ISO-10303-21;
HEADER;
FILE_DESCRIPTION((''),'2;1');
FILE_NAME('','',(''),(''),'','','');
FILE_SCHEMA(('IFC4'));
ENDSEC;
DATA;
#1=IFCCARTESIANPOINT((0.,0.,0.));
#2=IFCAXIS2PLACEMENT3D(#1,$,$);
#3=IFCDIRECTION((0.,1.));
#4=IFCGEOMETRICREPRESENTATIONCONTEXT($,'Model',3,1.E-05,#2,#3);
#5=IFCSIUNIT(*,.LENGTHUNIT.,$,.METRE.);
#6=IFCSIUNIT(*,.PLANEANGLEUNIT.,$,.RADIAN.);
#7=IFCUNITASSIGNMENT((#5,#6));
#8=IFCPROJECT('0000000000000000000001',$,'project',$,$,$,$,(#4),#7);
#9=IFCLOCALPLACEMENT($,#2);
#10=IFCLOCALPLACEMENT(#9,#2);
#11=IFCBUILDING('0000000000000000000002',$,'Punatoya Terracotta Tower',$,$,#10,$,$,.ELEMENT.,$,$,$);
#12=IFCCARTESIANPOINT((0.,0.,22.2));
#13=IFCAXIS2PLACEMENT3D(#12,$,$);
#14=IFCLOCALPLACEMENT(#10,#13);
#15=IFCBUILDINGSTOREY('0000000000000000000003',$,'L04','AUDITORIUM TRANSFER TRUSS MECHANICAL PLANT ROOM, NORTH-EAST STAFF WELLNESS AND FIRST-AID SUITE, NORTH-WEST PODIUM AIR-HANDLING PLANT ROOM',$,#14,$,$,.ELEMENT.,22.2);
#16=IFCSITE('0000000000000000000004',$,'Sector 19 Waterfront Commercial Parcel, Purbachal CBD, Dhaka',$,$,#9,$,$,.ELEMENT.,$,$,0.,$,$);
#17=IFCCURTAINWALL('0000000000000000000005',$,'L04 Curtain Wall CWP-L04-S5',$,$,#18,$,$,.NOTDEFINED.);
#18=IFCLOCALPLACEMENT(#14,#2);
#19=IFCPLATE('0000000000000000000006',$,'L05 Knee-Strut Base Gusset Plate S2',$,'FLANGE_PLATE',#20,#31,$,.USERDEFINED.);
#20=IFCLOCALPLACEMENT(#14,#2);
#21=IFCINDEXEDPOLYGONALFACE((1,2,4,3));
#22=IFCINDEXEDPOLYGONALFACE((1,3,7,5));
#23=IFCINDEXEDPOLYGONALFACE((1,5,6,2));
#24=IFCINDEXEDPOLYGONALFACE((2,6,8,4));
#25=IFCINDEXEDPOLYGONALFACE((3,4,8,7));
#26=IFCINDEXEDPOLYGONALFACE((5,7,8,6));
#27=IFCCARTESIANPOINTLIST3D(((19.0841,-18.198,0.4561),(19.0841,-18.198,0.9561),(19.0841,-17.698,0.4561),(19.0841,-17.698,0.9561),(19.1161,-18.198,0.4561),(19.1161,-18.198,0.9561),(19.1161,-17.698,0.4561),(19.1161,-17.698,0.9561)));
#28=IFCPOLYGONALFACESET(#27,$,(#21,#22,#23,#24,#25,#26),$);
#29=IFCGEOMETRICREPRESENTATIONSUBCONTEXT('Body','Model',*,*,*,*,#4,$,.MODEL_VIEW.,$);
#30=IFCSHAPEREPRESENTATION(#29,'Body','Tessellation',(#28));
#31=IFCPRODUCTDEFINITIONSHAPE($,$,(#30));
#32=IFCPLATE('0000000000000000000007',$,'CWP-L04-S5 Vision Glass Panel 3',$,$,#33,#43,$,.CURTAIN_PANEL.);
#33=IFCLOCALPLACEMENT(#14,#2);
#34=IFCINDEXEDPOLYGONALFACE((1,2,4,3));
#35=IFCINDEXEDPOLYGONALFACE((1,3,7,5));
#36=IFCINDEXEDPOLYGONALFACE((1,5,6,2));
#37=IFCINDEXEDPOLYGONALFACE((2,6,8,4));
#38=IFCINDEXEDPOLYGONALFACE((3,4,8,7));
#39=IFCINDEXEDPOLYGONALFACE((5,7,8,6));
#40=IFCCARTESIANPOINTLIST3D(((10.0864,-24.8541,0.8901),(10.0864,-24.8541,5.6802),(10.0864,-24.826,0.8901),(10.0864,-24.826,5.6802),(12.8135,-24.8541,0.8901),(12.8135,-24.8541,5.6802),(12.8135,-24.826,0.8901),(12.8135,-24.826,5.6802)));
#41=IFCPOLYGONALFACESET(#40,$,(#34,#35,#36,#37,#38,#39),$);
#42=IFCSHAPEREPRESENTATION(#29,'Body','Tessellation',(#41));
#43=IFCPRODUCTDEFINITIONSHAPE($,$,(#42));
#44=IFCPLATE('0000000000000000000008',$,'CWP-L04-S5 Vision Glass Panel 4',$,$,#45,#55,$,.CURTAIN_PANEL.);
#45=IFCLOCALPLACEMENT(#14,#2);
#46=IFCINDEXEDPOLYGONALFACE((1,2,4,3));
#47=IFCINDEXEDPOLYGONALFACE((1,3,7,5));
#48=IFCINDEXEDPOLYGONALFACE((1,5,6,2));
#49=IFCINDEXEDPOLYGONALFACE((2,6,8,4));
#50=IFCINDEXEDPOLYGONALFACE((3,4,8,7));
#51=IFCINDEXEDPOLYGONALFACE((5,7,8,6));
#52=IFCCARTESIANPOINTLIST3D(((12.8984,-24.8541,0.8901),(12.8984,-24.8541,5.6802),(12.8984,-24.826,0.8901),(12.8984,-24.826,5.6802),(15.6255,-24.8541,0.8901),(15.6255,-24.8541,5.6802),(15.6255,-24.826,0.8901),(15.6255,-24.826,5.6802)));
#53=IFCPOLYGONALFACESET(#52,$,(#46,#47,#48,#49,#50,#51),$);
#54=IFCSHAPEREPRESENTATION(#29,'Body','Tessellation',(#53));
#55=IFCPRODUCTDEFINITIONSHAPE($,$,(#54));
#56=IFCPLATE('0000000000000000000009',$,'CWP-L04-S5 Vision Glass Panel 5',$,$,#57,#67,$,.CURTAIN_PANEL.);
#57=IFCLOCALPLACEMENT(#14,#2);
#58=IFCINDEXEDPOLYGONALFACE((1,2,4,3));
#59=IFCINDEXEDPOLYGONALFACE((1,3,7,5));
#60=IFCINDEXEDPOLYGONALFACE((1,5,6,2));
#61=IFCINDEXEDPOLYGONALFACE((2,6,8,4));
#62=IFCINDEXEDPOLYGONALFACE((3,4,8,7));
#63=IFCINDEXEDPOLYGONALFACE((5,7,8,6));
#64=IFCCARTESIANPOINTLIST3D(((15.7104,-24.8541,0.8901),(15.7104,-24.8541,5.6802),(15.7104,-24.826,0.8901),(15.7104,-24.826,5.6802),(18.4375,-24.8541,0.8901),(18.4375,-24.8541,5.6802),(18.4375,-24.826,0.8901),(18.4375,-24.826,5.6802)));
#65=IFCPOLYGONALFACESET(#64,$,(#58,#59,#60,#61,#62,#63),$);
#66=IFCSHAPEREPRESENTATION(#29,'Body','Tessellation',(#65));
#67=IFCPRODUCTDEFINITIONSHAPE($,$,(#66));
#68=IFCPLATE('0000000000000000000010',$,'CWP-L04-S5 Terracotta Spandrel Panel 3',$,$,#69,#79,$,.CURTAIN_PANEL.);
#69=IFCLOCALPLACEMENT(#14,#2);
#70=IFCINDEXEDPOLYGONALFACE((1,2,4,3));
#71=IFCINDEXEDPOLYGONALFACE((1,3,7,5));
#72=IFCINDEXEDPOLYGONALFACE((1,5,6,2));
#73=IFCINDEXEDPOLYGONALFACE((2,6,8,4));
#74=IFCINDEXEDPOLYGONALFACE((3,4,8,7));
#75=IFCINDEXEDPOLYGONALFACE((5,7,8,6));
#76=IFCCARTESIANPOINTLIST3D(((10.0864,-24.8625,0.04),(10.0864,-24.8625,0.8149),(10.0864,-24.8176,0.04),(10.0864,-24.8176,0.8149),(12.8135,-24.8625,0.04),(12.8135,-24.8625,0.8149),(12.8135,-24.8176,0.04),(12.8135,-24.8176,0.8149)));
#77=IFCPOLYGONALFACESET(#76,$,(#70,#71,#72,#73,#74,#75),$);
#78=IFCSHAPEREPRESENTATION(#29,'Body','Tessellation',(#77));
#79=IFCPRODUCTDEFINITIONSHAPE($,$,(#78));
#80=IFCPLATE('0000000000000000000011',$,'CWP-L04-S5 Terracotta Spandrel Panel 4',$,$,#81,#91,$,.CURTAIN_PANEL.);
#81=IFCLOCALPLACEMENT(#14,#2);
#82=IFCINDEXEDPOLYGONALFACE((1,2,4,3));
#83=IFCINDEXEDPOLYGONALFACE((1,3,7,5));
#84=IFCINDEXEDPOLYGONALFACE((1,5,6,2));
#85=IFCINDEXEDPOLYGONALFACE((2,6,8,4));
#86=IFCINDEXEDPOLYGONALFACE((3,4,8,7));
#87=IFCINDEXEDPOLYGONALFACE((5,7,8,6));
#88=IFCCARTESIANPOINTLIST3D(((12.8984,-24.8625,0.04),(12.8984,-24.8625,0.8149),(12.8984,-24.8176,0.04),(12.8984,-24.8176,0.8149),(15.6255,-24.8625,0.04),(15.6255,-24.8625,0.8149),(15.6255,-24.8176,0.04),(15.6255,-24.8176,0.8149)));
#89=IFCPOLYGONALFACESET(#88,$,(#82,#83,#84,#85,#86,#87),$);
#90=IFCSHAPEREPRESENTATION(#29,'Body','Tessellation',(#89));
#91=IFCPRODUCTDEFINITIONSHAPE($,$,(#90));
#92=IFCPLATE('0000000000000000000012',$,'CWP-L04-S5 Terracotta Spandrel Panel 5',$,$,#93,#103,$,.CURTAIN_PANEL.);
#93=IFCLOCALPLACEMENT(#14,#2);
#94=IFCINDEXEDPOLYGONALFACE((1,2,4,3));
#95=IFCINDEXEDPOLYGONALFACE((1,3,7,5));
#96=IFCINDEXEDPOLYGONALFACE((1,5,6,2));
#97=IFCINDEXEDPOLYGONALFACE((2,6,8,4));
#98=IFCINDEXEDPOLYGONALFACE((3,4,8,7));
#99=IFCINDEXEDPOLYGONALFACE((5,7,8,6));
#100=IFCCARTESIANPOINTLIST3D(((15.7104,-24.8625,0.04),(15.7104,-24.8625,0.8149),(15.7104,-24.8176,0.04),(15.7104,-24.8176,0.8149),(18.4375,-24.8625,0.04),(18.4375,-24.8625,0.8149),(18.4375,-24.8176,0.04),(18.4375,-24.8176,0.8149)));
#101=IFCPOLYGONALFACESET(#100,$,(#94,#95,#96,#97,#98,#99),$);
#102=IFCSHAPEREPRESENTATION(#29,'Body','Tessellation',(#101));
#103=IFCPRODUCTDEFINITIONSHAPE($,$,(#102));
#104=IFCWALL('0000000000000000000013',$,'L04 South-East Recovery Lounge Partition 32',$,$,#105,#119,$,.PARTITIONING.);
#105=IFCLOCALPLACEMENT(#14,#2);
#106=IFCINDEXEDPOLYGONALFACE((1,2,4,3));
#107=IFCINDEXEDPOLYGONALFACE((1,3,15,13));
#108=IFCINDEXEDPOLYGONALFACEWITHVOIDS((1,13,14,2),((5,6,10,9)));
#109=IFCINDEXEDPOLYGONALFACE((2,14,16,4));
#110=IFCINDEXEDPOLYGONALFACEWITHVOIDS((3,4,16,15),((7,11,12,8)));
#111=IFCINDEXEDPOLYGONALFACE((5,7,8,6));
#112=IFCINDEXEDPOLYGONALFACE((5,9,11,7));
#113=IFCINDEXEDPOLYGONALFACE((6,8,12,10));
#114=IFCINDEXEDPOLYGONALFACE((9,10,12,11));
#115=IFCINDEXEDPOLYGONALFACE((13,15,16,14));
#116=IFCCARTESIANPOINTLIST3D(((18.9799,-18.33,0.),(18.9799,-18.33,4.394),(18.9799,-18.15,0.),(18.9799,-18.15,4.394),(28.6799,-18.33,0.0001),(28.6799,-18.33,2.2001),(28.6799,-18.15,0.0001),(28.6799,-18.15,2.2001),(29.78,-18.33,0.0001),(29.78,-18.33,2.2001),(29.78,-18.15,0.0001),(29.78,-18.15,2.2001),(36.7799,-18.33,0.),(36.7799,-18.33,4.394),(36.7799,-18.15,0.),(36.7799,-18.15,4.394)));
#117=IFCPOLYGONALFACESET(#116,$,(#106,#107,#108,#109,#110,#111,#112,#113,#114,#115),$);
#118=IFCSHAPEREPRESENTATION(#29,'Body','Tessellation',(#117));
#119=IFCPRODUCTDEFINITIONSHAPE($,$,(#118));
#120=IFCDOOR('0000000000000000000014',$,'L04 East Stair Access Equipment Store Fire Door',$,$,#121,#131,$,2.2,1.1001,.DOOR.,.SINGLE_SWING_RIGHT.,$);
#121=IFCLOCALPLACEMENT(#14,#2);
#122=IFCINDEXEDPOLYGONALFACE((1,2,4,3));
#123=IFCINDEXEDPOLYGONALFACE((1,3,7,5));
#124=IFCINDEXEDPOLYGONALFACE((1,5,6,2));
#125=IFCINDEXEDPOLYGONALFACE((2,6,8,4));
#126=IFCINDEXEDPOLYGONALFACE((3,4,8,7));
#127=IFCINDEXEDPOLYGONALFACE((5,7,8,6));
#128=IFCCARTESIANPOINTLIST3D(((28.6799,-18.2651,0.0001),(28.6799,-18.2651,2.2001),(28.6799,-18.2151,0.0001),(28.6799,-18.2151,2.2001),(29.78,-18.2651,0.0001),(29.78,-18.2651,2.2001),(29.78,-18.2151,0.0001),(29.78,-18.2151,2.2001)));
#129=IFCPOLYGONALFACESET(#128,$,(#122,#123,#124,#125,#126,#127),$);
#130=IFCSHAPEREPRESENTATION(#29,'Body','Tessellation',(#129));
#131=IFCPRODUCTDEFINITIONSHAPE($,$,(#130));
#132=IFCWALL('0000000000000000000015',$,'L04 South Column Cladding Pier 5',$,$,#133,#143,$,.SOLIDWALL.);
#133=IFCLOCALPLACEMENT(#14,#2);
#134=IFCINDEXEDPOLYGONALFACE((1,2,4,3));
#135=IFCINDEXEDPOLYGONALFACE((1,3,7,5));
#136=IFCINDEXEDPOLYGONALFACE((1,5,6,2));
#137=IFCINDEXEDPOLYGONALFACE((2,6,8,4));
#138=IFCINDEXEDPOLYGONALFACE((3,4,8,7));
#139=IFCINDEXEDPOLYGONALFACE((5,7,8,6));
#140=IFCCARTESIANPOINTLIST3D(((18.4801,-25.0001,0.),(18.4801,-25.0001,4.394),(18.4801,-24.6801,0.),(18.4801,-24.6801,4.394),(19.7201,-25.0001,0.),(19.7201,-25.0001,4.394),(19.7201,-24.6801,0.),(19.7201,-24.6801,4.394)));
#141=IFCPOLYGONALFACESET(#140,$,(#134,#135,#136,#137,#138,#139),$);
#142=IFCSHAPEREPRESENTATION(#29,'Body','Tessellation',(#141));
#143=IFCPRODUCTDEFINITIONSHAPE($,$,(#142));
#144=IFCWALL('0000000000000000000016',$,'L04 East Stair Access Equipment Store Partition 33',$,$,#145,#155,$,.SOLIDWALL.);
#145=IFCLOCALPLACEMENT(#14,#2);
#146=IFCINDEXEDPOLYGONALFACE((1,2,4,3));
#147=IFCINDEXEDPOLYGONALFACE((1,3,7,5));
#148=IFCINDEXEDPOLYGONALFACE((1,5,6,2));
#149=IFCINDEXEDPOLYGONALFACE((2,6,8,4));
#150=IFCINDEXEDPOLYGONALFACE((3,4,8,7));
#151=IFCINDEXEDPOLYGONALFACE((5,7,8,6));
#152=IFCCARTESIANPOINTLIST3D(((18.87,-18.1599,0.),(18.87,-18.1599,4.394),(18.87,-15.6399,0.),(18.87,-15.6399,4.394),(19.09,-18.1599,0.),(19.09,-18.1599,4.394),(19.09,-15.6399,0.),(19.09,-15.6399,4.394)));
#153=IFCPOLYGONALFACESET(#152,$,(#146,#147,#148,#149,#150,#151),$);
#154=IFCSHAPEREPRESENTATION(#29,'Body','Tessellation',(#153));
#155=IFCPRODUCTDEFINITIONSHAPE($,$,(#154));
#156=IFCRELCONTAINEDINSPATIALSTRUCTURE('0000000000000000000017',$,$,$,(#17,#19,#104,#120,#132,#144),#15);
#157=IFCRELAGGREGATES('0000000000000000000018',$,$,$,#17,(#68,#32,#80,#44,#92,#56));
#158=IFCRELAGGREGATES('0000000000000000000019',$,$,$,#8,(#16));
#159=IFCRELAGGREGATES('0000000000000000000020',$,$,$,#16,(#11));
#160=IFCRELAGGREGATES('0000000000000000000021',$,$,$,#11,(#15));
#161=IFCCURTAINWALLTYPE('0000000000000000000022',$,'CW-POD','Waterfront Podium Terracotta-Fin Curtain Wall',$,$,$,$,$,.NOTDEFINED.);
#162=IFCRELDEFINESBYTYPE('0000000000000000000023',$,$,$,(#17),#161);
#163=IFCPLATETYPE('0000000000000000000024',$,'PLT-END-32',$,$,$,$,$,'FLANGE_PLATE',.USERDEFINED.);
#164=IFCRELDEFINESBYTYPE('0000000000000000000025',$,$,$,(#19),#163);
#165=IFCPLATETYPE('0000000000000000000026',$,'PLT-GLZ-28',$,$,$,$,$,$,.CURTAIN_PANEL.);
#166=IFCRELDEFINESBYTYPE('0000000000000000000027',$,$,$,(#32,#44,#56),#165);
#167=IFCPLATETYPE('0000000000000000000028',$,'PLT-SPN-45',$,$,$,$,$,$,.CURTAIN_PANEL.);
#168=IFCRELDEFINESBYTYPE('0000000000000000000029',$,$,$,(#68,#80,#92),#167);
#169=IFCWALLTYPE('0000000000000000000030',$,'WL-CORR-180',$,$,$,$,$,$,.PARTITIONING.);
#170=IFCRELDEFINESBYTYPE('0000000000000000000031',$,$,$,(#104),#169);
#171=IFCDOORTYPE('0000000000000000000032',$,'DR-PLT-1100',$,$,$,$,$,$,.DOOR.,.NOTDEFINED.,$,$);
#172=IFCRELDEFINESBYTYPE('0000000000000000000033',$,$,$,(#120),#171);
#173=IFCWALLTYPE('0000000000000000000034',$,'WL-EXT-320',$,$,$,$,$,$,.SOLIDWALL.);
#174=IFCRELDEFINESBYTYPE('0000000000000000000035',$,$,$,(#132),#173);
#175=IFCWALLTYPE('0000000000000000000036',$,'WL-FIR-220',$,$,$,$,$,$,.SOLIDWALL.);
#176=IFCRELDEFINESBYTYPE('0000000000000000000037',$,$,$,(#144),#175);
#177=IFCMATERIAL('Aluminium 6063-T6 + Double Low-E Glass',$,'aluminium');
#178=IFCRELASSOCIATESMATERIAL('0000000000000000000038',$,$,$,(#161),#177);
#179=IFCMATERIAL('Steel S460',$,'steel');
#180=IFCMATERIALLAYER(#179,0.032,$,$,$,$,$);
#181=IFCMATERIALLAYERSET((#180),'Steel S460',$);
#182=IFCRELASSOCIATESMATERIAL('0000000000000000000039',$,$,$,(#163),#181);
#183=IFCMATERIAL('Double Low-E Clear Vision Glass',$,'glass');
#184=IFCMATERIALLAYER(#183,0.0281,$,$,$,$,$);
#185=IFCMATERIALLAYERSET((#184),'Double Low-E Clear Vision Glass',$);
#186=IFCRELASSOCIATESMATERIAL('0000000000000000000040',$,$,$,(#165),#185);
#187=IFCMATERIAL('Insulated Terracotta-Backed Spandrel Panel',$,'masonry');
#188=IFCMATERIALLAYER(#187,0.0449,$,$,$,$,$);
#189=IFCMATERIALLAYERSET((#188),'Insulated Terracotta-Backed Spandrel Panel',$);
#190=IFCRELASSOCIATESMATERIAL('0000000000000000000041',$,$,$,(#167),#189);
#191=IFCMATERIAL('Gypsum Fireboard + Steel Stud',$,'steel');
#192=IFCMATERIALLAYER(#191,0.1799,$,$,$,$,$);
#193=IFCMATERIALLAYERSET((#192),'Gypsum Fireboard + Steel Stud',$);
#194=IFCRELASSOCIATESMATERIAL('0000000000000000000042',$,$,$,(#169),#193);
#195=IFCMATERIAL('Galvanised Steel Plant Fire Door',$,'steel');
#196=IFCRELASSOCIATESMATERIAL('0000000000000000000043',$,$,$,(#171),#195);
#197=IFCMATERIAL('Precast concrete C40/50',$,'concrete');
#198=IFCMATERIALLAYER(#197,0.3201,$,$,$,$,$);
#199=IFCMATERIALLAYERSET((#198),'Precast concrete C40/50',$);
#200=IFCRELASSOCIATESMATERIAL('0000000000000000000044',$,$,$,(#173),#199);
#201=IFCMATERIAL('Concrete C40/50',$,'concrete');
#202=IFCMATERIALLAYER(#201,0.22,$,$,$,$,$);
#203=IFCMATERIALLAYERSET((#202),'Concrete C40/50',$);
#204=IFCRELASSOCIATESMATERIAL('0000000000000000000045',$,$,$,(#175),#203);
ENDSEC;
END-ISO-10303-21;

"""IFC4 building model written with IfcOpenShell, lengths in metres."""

from ifc_helpers import new_model, si_unit, direction, frame, frame_2d, origin, origin_2d, place, context, subcontext, project, spatial, rectangle, extrude, material, layer, layer_set, type_object, element, fill, aggregate, save


model = new_model("IFC4")

# Units and contexts
model_context = context("Model", 3, precision=1e-05, world=origin(), true_north=direction((0.0, 1.0)))
body_context = subcontext(model_context, "Body", "Model", "MODEL_VIEW")
ifc_project = project(units=[si_unit("LENGTHUNIT", "METRE"), si_unit("PLANEANGLEUNIT", "RADIAN")], contexts=[model_context])

# Site, building, storey
site_placement = place(None, origin())
site = spatial("IfcSite", under=ifc_project, at=site_placement, Name="Sector 19 Waterfront Commercial Parcel, Purbachal CBD, Dhaka", CompositionType="ELEMENT", RefElevation=0.0)
building_placement = place(site_placement, origin())
building = spatial("IfcBuilding", under=site, at=building_placement, Name="Punatoya Terracotta Tower", CompositionType="ELEMENT")
storey_placement = place(building_placement, frame((0.0, 0.0, 22.2)))
storey = spatial("IfcBuildingStorey", under=building, at=storey_placement, Name="L04", Description="AUDITORIUM TRANSFER TRUSS MECHANICAL PLANT ROOM, NORTH-EAST STAFF WELLNESS AND FIRST-AID SUITE, NORTH-WEST PODIUM AIR-HANDLING PLANT ROOM", CompositionType="ELEMENT", Elevation=22.2)

# Curtain wall
ifc_material_1 = material(Name="Aluminium 6063-T6 + Double Low-E Glass", Category="aluminium")
curtain_wall_type = type_object("IfcCurtainWallType", Name="CW-POD", Description="Waterfront Podium Terracotta-Fin Curtain Wall", PredefinedType="NOTDEFINED", material=ifc_material_1)
curtain_wall_placement = place(storey_placement, origin())
curtain_wall = element("IfcCurtainWall", 1, at=curtain_wall_placement, inside=storey, type_object=curtain_wall_type, Name="L04 Curtain Wall CWP-L04-S5", PredefinedType="NOTDEFINED")

# Plates
ifc_material_2 = material(Name="Steel S460", Category="steel")
ifc_layer_1 = layer(ifc_material_2, 0.032)
ifc_layer_set_1 = layer_set([ifc_layer_1], Name="Steel S460")
plate_type_1 = type_object("IfcPlateType", Name="PLT-END-32", ElementType="FLANGE_PLATE", PredefinedType="USERDEFINED", material=ifc_layer_set_1)
plate_1_placement = place(storey_placement, frame((19.1001, -17.948, 0.4561), z_axis=(0.0, 0.0, 1.0), x_axis=(0.0, 1.0, 0.0)))
element("IfcPlate", 2, at=plate_1_placement, inside=storey, type_object=plate_type_1, Name="L05 Knee-Strut Base Gusset Plate S2", ObjectType="FLANGE_PLATE", PredefinedType="USERDEFINED", context=body_context, shape_type="SweptSolid", body=[
    extrude(rectangle(XDim=0.5, YDim=0.032, at=origin_2d()), origin(), (0.0, 0.0, 1.0), 0.5),
])
ifc_material_3 = material(Name="Double Low-E Clear Vision Glass", Category="glass")
ifc_layer_2 = layer(ifc_material_3, 0.0281)
ifc_layer_set_2 = layer_set([ifc_layer_2], Name="Double Low-E Clear Vision Glass")
plate_type_2 = type_object("IfcPlateType", Name="PLT-GLZ-28", PredefinedType="CURTAIN_PANEL", material=ifc_layer_set_2)
plate_2_placement = place(storey_placement, frame((11.45, -24.8401, 0.8901), z_axis=(0.0, 0.0, 1.0), x_axis=(1.0, 0.0, 0.0)))
plate_2 = element("IfcPlate", 3, at=plate_2_placement, type_object=plate_type_2, Name="CWP-L04-S5 Vision Glass Panel 3", PredefinedType="CURTAIN_PANEL", context=body_context, shape_type="SweptSolid", body=[
    extrude(rectangle(XDim=2.7271, YDim=0.0281, at=origin_2d()), origin(), (0.0, 0.0, 1.0), 4.79),
])
plate_3_placement = place(storey_placement, frame((14.262, -24.8401, 0.8901), z_axis=(0.0, 0.0, 1.0), x_axis=(1.0, 0.0, 0.0)))
plate_3 = element("IfcPlate", 4, at=plate_3_placement, type_object=plate_type_2, Name="CWP-L04-S5 Vision Glass Panel 4", PredefinedType="CURTAIN_PANEL", context=body_context, shape_type="SweptSolid", body=[
    extrude(rectangle(XDim=2.7271, YDim=0.0281, at=origin_2d()), origin(), (0.0, 0.0, 1.0), 4.79),
])
plate_4_placement = place(storey_placement, frame((17.074, -24.8401, 0.8901), z_axis=(0.0, 0.0, 1.0), x_axis=(1.0, 0.0, 0.0)))
plate_4 = element("IfcPlate", 5, at=plate_4_placement, type_object=plate_type_2, Name="CWP-L04-S5 Vision Glass Panel 5", PredefinedType="CURTAIN_PANEL", context=body_context, shape_type="SweptSolid", body=[
    extrude(rectangle(XDim=2.7271, YDim=0.0281, at=origin_2d()), origin(), (0.0, 0.0, 1.0), 4.79),
])
ifc_material_4 = material(Name="Insulated Terracotta-Backed Spandrel Panel", Category="masonry")
ifc_layer_3 = layer(ifc_material_4, 0.0449)
ifc_layer_set_3 = layer_set([ifc_layer_3], Name="Insulated Terracotta-Backed Spandrel Panel")
plate_type_3 = type_object("IfcPlateType", Name="PLT-SPN-45", PredefinedType="CURTAIN_PANEL", material=ifc_layer_set_3)
plate_5_placement = place(storey_placement, frame((11.45, -24.8401, 0.04), z_axis=(0.0, 0.0, 1.0), x_axis=(1.0, 0.0, 0.0)))
plate_5 = element("IfcPlate", 6, at=plate_5_placement, type_object=plate_type_3, Name="CWP-L04-S5 Terracotta Spandrel Panel 3", PredefinedType="CURTAIN_PANEL", context=body_context, shape_type="SweptSolid", body=[
    extrude(rectangle(XDim=2.7271, YDim=0.0449, at=origin_2d()), origin(), (0.0, 0.0, 1.0), 0.7749),
])
plate_6_placement = place(storey_placement, frame((14.262, -24.8401, 0.04), z_axis=(0.0, 0.0, 1.0), x_axis=(1.0, 0.0, 0.0)))
plate_6 = element("IfcPlate", 7, at=plate_6_placement, type_object=plate_type_3, Name="CWP-L04-S5 Terracotta Spandrel Panel 4", PredefinedType="CURTAIN_PANEL", context=body_context, shape_type="SweptSolid", body=[
    extrude(rectangle(XDim=2.7271, YDim=0.0449, at=origin_2d()), origin(), (0.0, 0.0, 1.0), 0.7749),
])
plate_7_placement = place(storey_placement, frame((17.074, -24.8401, 0.04), z_axis=(0.0, 0.0, 1.0), x_axis=(1.0, 0.0, 0.0)))
plate_7 = element("IfcPlate", 8, at=plate_7_placement, type_object=plate_type_3, Name="CWP-L04-S5 Terracotta Spandrel Panel 5", PredefinedType="CURTAIN_PANEL", context=body_context, shape_type="SweptSolid", body=[
    extrude(rectangle(XDim=2.7271, YDim=0.0449, at=origin_2d()), origin(), (0.0, 0.0, 1.0), 0.7749),
])
aggregate(curtain_wall, [plate_5, plate_2, plate_6, plate_3, plate_7, plate_4])

# Wall, opening, door
ifc_material_5 = material(Name="Gypsum Fireboard + Steel Stud", Category="steel")
ifc_layer_4 = layer(ifc_material_5, 0.1799)
ifc_layer_set_4 = layer_set([ifc_layer_4], Name="Gypsum Fireboard + Steel Stud")
wall_type_1 = type_object("IfcWallType", Name="WL-CORR-180", PredefinedType="PARTITIONING", material=ifc_layer_set_4)
wall_1_placement = place(storey_placement, frame((18.98, -18.24, 0.0), z_axis=(0.0, 0.0, 1.0), x_axis=(1.0, 0.0, 0.0)))
wall_1 = element("IfcWall", 9, at=wall_1_placement, inside=storey, type_object=wall_type_1, Name="L04 South-East Recovery Lounge Partition 32", PredefinedType="PARTITIONING", context=body_context, shape_type="SweptSolid", body=[
    extrude(rectangle(XDim=17.8, YDim=0.1799, at=frame_2d((8.8999, 0.0))), origin(), (0.0, 0.0, 1.0), 4.394),
])
opening_1_placement = place(wall_1_placement, frame((9.7, 0.0, 0.0)))
opening_1 = element("IfcOpeningElement", 10, at=opening_1_placement, cuts=wall_1, PredefinedType="OPENING", context=body_context, shape_type="SweptSolid", body=[
    extrude(rectangle(XDim=1.1001, YDim=2.2, at=frame_2d((0.55, 1.1001))), frame((0.0, 0.0999, 0.0), z_axis=(0.0, -1.0, 0.0), x_axis=(1.0, 0.0, 0.0)), (0.0, 0.0, 1.0), 0.2),
])
ifc_material_6 = material(Name="Galvanised Steel Plant Fire Door", Category="steel")
door_type_1 = type_object("IfcDoorType", Name="DR-PLT-1100", OperationType="NOTDEFINED", PredefinedType="DOOR", material=ifc_material_6)
door_1_placement = place(opening_1_placement, origin())
door_1 = element("IfcDoor", 11, at=door_1_placement, inside=storey, type_object=door_type_1, Name="L04 East Stair Access Equipment Store Fire Door", OperationType="SINGLE_SWING_RIGHT", OverallHeight=2.2, OverallWidth=1.1001, PredefinedType="DOOR", context=body_context, shape_type="SweptSolid", body=[
    extrude(rectangle(XDim=1.1001, YDim=2.2, at=frame_2d((0.55, 1.1001))), frame((0.0, 0.0249, 0.0), z_axis=(0.0, -1.0, 0.0), x_axis=(1.0, 0.0, 0.0)), (0.0, 0.0, 1.0), 0.05),
])
fill(opening_1, door_1)

# Walls
ifc_material_7 = material(Name="Precast concrete C40/50", Category="concrete")
ifc_layer_5 = layer(ifc_material_7, 0.3201)
ifc_layer_set_5 = layer_set([ifc_layer_5], Name="Precast concrete C40/50")
wall_type_2 = type_object("IfcWallType", Name="WL-EXT-320", PredefinedType="SOLIDWALL", material=ifc_layer_set_5)
wall_2_placement = place(storey_placement, frame((18.48, -24.8401, 0.0), z_axis=(0.0, 0.0, 1.0), x_axis=(1.0, 0.0, 0.0)))
element("IfcWall", 12, at=wall_2_placement, inside=storey, type_object=wall_type_2, Name="L04 South Column Cladding Pier 5", PredefinedType="SOLIDWALL", context=body_context, shape_type="SweptSolid", body=[
    extrude(rectangle(XDim=1.24, YDim=0.3201, at=frame_2d((0.6201, 0.0))), origin(), (0.0, 0.0, 1.0), 4.394),
])
ifc_material_8 = material(Name="Concrete C40/50", Category="concrete")
ifc_layer_6 = layer(ifc_material_8, 0.22)
ifc_layer_set_6 = layer_set([ifc_layer_6], Name="Concrete C40/50")
wall_type_3 = type_object("IfcWallType", Name="WL-FIR-220", PredefinedType="SOLIDWALL", material=ifc_layer_set_6)
wall_3_placement = place(storey_placement, frame((18.98, -18.1599, 0.0), z_axis=(0.0, 0.0, 1.0), x_axis=(0.0, 1.0, 0.0)))
element("IfcWall", 13, at=wall_3_placement, inside=storey, type_object=wall_type_3, Name="L04 East Stair Access Equipment Store Partition 33", PredefinedType="SOLIDWALL", context=body_context, shape_type="SweptSolid", body=[
    extrude(rectangle(XDim=2.52, YDim=0.22, at=frame_2d((1.26, 0.0))), origin(), (0.0, 0.0, 1.0), 4.394),
])

save(model, "model.ifc")
